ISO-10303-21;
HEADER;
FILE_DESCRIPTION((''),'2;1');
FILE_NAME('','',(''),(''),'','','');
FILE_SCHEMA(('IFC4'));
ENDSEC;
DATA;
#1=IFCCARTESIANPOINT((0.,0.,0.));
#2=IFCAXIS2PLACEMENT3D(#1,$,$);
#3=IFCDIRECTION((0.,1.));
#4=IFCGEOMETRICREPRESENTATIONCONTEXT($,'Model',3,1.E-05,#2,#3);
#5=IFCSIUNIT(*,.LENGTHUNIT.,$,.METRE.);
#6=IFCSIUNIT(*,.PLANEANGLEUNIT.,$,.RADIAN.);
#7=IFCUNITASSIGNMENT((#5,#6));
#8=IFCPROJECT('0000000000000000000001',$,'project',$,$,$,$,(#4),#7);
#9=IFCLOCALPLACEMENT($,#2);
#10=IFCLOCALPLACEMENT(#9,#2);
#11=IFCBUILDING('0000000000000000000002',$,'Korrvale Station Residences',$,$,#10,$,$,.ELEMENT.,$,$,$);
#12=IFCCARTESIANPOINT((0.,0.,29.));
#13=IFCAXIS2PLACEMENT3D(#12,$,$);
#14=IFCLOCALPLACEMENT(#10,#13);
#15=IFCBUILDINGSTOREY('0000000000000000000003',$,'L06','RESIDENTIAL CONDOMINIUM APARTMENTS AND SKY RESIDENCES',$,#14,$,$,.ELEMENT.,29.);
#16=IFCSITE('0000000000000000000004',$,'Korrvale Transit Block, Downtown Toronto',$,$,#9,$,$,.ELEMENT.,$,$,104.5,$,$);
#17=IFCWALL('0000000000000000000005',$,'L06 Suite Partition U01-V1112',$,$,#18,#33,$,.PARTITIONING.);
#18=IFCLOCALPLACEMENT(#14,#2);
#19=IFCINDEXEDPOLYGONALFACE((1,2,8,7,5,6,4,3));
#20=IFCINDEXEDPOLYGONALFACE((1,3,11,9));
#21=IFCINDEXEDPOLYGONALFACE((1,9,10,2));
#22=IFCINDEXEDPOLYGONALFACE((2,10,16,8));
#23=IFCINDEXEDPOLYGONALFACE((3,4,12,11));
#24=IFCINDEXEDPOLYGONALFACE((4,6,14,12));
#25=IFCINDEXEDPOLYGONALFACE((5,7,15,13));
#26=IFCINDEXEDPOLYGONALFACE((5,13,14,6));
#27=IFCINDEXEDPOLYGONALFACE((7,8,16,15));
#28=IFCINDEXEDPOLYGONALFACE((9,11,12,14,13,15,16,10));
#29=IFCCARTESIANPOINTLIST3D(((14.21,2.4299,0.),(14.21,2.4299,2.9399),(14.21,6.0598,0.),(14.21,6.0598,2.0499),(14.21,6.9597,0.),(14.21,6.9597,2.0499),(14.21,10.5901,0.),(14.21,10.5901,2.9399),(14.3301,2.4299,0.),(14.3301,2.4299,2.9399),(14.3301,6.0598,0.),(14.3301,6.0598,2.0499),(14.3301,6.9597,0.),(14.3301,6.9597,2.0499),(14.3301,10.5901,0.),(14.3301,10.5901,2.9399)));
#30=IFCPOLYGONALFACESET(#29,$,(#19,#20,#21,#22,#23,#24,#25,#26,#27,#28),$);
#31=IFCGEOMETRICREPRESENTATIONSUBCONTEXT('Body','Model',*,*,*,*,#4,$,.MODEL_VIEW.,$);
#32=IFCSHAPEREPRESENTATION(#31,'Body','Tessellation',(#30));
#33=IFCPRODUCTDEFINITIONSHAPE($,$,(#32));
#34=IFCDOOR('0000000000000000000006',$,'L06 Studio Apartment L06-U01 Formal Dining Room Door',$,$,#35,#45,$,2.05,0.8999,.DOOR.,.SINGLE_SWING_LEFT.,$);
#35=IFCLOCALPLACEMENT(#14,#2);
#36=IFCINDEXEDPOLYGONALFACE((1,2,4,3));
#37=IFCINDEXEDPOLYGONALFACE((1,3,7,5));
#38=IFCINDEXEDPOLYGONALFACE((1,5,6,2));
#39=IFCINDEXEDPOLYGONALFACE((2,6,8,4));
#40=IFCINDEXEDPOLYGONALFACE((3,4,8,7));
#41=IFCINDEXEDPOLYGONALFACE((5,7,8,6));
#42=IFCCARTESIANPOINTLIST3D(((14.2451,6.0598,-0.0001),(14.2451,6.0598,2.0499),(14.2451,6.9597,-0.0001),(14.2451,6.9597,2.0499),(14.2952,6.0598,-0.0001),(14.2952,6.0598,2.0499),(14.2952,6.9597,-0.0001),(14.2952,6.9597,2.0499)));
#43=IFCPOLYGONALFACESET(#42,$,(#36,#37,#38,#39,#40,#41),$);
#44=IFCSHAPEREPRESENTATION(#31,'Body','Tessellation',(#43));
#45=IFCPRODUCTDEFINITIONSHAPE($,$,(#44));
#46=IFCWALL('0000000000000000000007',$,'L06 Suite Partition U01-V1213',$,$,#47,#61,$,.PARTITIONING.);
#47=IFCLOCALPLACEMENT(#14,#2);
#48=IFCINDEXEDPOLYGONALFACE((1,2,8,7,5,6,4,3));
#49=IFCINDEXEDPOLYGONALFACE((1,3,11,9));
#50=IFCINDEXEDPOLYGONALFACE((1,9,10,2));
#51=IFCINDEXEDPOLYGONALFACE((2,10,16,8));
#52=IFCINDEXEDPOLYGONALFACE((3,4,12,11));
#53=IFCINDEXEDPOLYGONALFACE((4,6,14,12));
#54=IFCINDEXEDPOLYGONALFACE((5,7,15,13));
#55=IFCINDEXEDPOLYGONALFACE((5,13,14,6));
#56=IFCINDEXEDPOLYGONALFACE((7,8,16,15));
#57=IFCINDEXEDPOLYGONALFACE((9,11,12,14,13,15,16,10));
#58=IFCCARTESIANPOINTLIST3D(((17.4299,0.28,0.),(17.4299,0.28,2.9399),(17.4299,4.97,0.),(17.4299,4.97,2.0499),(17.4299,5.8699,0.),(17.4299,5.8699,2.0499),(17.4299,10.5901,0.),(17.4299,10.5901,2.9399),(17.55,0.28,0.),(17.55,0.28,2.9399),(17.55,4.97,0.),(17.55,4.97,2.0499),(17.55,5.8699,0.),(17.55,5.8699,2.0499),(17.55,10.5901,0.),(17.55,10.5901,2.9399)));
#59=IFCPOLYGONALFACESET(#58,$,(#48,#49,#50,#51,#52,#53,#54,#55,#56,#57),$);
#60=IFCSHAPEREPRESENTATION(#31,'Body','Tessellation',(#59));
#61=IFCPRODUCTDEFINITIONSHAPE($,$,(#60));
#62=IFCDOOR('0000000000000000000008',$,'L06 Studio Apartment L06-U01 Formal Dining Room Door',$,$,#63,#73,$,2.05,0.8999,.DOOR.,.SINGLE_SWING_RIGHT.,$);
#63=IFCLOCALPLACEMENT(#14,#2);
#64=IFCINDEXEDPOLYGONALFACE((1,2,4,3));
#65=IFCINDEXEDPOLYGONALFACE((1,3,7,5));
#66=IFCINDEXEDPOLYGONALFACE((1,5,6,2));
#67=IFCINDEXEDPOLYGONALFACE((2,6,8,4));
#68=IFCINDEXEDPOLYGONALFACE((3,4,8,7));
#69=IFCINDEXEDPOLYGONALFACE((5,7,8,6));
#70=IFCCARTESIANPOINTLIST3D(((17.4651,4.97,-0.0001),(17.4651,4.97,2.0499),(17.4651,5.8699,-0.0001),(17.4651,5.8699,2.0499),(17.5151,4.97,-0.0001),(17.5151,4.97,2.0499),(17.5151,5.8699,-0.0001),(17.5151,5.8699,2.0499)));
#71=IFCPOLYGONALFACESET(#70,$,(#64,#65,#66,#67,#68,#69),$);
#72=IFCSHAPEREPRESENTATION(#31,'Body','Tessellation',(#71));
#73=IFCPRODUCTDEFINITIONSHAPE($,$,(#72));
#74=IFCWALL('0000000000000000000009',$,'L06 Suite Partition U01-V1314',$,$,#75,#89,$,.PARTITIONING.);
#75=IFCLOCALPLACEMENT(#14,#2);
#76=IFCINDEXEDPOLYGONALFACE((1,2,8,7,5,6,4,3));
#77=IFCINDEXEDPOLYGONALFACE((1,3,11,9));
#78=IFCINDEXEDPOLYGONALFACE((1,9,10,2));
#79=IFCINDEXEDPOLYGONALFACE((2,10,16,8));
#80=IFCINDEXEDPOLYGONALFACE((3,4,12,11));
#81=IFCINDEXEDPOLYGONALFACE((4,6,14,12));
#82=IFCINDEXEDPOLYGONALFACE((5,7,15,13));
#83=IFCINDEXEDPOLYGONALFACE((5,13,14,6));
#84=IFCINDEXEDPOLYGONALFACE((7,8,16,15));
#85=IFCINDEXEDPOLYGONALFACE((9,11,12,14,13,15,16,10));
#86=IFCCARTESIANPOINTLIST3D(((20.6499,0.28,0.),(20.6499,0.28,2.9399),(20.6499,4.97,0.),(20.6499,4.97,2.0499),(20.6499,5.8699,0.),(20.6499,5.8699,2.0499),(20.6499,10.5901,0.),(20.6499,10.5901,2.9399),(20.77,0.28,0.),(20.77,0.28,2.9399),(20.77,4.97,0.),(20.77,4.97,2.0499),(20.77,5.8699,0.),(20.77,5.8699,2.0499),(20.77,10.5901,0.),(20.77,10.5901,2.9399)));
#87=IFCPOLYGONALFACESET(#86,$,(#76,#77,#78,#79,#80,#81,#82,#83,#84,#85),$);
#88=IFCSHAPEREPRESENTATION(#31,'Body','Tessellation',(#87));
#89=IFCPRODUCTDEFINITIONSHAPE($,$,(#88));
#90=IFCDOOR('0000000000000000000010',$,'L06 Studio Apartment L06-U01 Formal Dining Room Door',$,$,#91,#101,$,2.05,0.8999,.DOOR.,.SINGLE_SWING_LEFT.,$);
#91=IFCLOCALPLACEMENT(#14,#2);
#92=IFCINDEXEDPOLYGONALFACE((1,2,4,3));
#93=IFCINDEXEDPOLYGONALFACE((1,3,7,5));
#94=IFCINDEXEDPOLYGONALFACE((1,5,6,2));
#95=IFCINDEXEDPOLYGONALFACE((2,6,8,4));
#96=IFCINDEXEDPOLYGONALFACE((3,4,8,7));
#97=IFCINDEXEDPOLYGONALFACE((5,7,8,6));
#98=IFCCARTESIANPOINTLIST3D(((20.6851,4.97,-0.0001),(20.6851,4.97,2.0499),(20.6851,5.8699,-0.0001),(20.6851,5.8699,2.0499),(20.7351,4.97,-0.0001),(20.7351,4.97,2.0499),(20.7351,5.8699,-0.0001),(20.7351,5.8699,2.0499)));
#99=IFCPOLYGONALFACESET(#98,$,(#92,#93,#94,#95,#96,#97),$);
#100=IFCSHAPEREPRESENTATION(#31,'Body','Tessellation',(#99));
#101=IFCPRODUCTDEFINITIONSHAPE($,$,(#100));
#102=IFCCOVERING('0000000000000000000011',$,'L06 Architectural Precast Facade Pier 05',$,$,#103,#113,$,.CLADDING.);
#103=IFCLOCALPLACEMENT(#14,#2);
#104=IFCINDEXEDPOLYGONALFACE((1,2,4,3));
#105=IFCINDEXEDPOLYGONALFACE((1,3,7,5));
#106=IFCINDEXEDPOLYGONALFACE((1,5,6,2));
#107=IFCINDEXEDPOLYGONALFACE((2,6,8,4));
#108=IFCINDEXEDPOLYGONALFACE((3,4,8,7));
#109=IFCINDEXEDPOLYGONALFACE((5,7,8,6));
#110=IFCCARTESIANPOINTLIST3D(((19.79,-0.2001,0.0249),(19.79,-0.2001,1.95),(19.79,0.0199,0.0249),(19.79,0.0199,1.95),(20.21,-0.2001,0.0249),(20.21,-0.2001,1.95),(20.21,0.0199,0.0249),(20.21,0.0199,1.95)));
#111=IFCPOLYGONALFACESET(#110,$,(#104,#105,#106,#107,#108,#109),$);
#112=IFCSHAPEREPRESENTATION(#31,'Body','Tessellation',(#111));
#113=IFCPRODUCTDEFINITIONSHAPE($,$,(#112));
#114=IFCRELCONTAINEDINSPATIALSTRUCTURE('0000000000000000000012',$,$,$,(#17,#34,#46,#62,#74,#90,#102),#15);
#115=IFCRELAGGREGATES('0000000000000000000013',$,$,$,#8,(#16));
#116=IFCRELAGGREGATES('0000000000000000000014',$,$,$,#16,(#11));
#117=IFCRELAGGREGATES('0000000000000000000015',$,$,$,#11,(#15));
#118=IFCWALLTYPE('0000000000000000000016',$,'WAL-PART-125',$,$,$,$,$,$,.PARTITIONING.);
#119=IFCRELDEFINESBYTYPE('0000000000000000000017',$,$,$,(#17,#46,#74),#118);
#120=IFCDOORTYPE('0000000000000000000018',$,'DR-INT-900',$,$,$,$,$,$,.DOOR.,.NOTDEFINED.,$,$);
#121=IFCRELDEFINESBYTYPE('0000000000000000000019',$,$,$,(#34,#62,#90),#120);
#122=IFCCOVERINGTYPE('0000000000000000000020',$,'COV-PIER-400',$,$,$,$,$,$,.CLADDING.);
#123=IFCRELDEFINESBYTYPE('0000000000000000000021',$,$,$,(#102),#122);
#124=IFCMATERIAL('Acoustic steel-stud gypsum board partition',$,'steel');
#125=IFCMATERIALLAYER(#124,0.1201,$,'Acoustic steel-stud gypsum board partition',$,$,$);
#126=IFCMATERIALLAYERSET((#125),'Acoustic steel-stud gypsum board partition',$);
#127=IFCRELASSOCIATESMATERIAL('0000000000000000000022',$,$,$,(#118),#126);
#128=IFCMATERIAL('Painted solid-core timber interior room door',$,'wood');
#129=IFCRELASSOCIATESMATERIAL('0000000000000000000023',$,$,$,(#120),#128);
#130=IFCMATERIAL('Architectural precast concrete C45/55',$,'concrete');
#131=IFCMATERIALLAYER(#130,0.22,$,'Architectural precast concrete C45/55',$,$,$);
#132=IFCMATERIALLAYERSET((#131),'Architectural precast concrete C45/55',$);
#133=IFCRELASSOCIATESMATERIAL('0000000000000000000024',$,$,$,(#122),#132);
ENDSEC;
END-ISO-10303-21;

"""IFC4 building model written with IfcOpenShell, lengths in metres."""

from ifc_helpers import new_model, si_unit, direction, frame, frame_2d, origin, origin_2d, place, context, subcontext, project, spatial, rectangle, extrude, material, layer, layer_set, type_object, element, fill, save


model = new_model("IFC4")

# Units and contexts
model_context = context("Model", 3, precision=1e-05, world=origin(), true_north=direction((0.0, 1.0)))
body_context = subcontext(model_context, "Body", "Model", "MODEL_VIEW")
ifc_project = project(units=[si_unit("LENGTHUNIT", "METRE"), si_unit("PLANEANGLEUNIT", "RADIAN")], contexts=[model_context])

# Site, building, storey
site_placement = place(None, origin())
site = spatial("IfcSite", under=ifc_project, at=site_placement, Name="Korrvale Transit Block, Downtown Toronto", CompositionType="ELEMENT", RefElevation=104.5)
building_placement = place(site_placement, origin())
building = spatial("IfcBuilding", under=site, at=building_placement, Name="Korrvale Station Residences", CompositionType="ELEMENT")
storey_placement = place(building_placement, frame((0.0, 0.0, 29.0)))
storey = spatial("IfcBuildingStorey", under=building, at=storey_placement, Name="L06", Description="RESIDENTIAL CONDOMINIUM APARTMENTS AND SKY RESIDENCES", CompositionType="ELEMENT", Elevation=29.0)

# Walls, openings, doors
ifc_material_1 = material(Name="Acoustic steel-stud gypsum board partition", Category="steel")
ifc_layer_1 = layer(ifc_material_1, 0.1201, Name="Acoustic steel-stud gypsum board partition")
ifc_layer_set_1 = layer_set([ifc_layer_1], Name="Acoustic steel-stud gypsum board partition")
wall_type_1 = type_object("IfcWallType", Name="WAL-PART-125", PredefinedType="PARTITIONING", material=ifc_layer_set_1)
wall_1_placement = place(storey_placement, frame((14.27, 2.4299, 0.0), z_axis=(0.0, 0.0, 1.0), x_axis=(0.0, 1.0, 0.0)))
wall_1 = element("IfcWall", 1, at=wall_1_placement, inside=storey, type_object=wall_type_1, Name="L06 Suite Partition U01-V1112", PredefinedType="PARTITIONING", context=body_context, shape_type="SweptSolid", body=[
    extrude(rectangle(XDim=8.1602, YDim=0.1201, at=frame_2d((4.0801, 0.0))), origin(), (0.0, 0.0, 1.0), 2.9399),
])
opening_1_placement = place(wall_1_placement, frame((3.6299, 0.0, 0.0)))
opening_1 = element("IfcOpeningElement", 2, at=opening_1_placement, cuts=wall_1, PredefinedType="OPENING", context=body_context, shape_type="SweptSolid", body=[
    extrude(rectangle(XDim=0.8999, YDim=2.05, at=frame_2d((0.45, 1.0249))), frame((0.0, 0.0701, 0.0), z_axis=(0.0, -1.0, 0.0), x_axis=(1.0, 0.0, 0.0)), (0.0, 0.0, 1.0), 0.1401),
])
ifc_material_2 = material(Name="Painted solid-core timber interior room door", Category="wood")
door_type_1 = type_object("IfcDoorType", Name="DR-INT-900", OperationType="NOTDEFINED", PredefinedType="DOOR", material=ifc_material_2)
door_1_placement = place(opening_1_placement, origin())
door_1 = element("IfcDoor", 3, at=door_1_placement, inside=storey, type_object=door_type_1, Name="L06 Studio Apartment L06-U01 Formal Dining Room Door", OperationType="SINGLE_SWING_LEFT", OverallHeight=2.05, OverallWidth=0.8999, PredefinedType="DOOR", context=body_context, shape_type="SweptSolid", body=[
    extrude(rectangle(XDim=0.8999, YDim=2.05, at=frame_2d((0.45, 1.0249))), frame((0.0, 0.0249, 0.0), z_axis=(0.0, -1.0, 0.0), x_axis=(1.0, 0.0, 0.0)), (0.0, 0.0, 1.0), 0.05),
])
fill(opening_1, door_1)
wall_2_placement = place(storey_placement, frame((17.49, 0.28, 0.0), z_axis=(0.0, 0.0, 1.0), x_axis=(0.0, 1.0, 0.0)))
wall_2 = element("IfcWall", 4, at=wall_2_placement, inside=storey, type_object=wall_type_1, Name="L06 Suite Partition U01-V1213", PredefinedType="PARTITIONING", context=body_context, shape_type="SweptSolid", body=[
    extrude(rectangle(XDim=10.3101, YDim=0.1201, at=frame_2d((5.155, 0.0))), origin(), (0.0, 0.0, 1.0), 2.9399),
])
opening_2_placement = place(wall_2_placement, frame((4.6899, 0.0, 0.0)))
opening_2 = element("IfcOpeningElement", 5, at=opening_2_placement, cuts=wall_2, PredefinedType="OPENING", context=body_context, shape_type="SweptSolid", body=[
    extrude(rectangle(XDim=0.8999, YDim=2.05, at=frame_2d((0.45, 1.0249))), frame((0.0, 0.0701, 0.0), z_axis=(0.0, -1.0, 0.0), x_axis=(1.0, 0.0, 0.0)), (0.0, 0.0, 1.0), 0.1401),
])
door_2_placement = place(opening_2_placement, origin())
door_2 = element("IfcDoor", 6, at=door_2_placement, inside=storey, type_object=door_type_1, Name="L06 Studio Apartment L06-U01 Formal Dining Room Door", OperationType="SINGLE_SWING_RIGHT", OverallHeight=2.05, OverallWidth=0.8999, PredefinedType="DOOR", context=body_context, shape_type="SweptSolid", body=[
    extrude(rectangle(XDim=0.8999, YDim=2.05, at=frame_2d((0.45, 1.0249))), frame((0.0, 0.0249, 0.0), z_axis=(0.0, -1.0, 0.0), x_axis=(1.0, 0.0, 0.0)), (0.0, 0.0, 1.0), 0.05),
])
fill(opening_2, door_2)
wall_3_placement = place(storey_placement, frame((20.71, 0.28, 0.0), z_axis=(0.0, 0.0, 1.0), x_axis=(0.0, 1.0, 0.0)))
wall_3 = element("IfcWall", 7, at=wall_3_placement, inside=storey, type_object=wall_type_1, Name="L06 Suite Partition U01-V1314", PredefinedType="PARTITIONING", context=body_context, shape_type="SweptSolid", body=[
    extrude(rectangle(XDim=10.3101, YDim=0.1201, at=frame_2d((5.155, 0.0))), origin(), (0.0, 0.0, 1.0), 2.9399),
])
opening_3_placement = place(wall_3_placement, frame((4.6899, 0.0, 0.0)))
opening_3 = element("IfcOpeningElement", 8, at=opening_3_placement, cuts=wall_3, PredefinedType="OPENING", context=body_context, shape_type="SweptSolid", body=[
    extrude(rectangle(XDim=0.8999, YDim=2.05, at=frame_2d((0.45, 1.0249))), frame((0.0, 0.0701, 0.0), z_axis=(0.0, -1.0, 0.0), x_axis=(1.0, 0.0, 0.0)), (0.0, 0.0, 1.0), 0.1401),
])
door_3_placement = place(opening_3_placement, origin())
door_3 = element("IfcDoor", 9, at=door_3_placement, inside=storey, type_object=door_type_1, Name="L06 Studio Apartment L06-U01 Formal Dining Room Door", OperationType="SINGLE_SWING_LEFT", OverallHeight=2.05, OverallWidth=0.8999, PredefinedType="DOOR", context=body_context, shape_type="SweptSolid", body=[
    extrude(rectangle(XDim=0.8999, YDim=2.05, at=frame_2d((0.45, 1.0249))), frame((0.0, 0.0249, 0.0), z_axis=(0.0, -1.0, 0.0), x_axis=(1.0, 0.0, 0.0)), (0.0, 0.0, 1.0), 0.05),
])
fill(opening_3, door_3)

# Covering
ifc_material_3 = material(Name="Architectural precast concrete C45/55", Category="concrete")
ifc_layer_2 = layer(ifc_material_3, 0.22, Name="Architectural precast concrete C45/55")
ifc_layer_set_2 = layer_set([ifc_layer_2], Name="Architectural precast concrete C45/55")
covering_type = type_object("IfcCoveringType", Name="COV-PIER-400", PredefinedType="CLADDING", material=ifc_layer_set_2)
covering_placement = place(storey_placement, frame((20.0, -0.0901, 0.0249), z_axis=(0.0, 0.0, 1.0), x_axis=(1.0, 0.0, 0.0)))
element("IfcCovering", 10, at=covering_placement, inside=storey, type_object=covering_type, Name="L06 Architectural Precast Facade Pier 05", PredefinedType="CLADDING", context=body_context, shape_type="SweptSolid", body=[
    extrude(rectangle(XDim=0.4199, YDim=0.22, at=origin_2d()), origin(), (0.0, 0.0, 1.0), 1.925),
])

save(model, "model.ifc")
